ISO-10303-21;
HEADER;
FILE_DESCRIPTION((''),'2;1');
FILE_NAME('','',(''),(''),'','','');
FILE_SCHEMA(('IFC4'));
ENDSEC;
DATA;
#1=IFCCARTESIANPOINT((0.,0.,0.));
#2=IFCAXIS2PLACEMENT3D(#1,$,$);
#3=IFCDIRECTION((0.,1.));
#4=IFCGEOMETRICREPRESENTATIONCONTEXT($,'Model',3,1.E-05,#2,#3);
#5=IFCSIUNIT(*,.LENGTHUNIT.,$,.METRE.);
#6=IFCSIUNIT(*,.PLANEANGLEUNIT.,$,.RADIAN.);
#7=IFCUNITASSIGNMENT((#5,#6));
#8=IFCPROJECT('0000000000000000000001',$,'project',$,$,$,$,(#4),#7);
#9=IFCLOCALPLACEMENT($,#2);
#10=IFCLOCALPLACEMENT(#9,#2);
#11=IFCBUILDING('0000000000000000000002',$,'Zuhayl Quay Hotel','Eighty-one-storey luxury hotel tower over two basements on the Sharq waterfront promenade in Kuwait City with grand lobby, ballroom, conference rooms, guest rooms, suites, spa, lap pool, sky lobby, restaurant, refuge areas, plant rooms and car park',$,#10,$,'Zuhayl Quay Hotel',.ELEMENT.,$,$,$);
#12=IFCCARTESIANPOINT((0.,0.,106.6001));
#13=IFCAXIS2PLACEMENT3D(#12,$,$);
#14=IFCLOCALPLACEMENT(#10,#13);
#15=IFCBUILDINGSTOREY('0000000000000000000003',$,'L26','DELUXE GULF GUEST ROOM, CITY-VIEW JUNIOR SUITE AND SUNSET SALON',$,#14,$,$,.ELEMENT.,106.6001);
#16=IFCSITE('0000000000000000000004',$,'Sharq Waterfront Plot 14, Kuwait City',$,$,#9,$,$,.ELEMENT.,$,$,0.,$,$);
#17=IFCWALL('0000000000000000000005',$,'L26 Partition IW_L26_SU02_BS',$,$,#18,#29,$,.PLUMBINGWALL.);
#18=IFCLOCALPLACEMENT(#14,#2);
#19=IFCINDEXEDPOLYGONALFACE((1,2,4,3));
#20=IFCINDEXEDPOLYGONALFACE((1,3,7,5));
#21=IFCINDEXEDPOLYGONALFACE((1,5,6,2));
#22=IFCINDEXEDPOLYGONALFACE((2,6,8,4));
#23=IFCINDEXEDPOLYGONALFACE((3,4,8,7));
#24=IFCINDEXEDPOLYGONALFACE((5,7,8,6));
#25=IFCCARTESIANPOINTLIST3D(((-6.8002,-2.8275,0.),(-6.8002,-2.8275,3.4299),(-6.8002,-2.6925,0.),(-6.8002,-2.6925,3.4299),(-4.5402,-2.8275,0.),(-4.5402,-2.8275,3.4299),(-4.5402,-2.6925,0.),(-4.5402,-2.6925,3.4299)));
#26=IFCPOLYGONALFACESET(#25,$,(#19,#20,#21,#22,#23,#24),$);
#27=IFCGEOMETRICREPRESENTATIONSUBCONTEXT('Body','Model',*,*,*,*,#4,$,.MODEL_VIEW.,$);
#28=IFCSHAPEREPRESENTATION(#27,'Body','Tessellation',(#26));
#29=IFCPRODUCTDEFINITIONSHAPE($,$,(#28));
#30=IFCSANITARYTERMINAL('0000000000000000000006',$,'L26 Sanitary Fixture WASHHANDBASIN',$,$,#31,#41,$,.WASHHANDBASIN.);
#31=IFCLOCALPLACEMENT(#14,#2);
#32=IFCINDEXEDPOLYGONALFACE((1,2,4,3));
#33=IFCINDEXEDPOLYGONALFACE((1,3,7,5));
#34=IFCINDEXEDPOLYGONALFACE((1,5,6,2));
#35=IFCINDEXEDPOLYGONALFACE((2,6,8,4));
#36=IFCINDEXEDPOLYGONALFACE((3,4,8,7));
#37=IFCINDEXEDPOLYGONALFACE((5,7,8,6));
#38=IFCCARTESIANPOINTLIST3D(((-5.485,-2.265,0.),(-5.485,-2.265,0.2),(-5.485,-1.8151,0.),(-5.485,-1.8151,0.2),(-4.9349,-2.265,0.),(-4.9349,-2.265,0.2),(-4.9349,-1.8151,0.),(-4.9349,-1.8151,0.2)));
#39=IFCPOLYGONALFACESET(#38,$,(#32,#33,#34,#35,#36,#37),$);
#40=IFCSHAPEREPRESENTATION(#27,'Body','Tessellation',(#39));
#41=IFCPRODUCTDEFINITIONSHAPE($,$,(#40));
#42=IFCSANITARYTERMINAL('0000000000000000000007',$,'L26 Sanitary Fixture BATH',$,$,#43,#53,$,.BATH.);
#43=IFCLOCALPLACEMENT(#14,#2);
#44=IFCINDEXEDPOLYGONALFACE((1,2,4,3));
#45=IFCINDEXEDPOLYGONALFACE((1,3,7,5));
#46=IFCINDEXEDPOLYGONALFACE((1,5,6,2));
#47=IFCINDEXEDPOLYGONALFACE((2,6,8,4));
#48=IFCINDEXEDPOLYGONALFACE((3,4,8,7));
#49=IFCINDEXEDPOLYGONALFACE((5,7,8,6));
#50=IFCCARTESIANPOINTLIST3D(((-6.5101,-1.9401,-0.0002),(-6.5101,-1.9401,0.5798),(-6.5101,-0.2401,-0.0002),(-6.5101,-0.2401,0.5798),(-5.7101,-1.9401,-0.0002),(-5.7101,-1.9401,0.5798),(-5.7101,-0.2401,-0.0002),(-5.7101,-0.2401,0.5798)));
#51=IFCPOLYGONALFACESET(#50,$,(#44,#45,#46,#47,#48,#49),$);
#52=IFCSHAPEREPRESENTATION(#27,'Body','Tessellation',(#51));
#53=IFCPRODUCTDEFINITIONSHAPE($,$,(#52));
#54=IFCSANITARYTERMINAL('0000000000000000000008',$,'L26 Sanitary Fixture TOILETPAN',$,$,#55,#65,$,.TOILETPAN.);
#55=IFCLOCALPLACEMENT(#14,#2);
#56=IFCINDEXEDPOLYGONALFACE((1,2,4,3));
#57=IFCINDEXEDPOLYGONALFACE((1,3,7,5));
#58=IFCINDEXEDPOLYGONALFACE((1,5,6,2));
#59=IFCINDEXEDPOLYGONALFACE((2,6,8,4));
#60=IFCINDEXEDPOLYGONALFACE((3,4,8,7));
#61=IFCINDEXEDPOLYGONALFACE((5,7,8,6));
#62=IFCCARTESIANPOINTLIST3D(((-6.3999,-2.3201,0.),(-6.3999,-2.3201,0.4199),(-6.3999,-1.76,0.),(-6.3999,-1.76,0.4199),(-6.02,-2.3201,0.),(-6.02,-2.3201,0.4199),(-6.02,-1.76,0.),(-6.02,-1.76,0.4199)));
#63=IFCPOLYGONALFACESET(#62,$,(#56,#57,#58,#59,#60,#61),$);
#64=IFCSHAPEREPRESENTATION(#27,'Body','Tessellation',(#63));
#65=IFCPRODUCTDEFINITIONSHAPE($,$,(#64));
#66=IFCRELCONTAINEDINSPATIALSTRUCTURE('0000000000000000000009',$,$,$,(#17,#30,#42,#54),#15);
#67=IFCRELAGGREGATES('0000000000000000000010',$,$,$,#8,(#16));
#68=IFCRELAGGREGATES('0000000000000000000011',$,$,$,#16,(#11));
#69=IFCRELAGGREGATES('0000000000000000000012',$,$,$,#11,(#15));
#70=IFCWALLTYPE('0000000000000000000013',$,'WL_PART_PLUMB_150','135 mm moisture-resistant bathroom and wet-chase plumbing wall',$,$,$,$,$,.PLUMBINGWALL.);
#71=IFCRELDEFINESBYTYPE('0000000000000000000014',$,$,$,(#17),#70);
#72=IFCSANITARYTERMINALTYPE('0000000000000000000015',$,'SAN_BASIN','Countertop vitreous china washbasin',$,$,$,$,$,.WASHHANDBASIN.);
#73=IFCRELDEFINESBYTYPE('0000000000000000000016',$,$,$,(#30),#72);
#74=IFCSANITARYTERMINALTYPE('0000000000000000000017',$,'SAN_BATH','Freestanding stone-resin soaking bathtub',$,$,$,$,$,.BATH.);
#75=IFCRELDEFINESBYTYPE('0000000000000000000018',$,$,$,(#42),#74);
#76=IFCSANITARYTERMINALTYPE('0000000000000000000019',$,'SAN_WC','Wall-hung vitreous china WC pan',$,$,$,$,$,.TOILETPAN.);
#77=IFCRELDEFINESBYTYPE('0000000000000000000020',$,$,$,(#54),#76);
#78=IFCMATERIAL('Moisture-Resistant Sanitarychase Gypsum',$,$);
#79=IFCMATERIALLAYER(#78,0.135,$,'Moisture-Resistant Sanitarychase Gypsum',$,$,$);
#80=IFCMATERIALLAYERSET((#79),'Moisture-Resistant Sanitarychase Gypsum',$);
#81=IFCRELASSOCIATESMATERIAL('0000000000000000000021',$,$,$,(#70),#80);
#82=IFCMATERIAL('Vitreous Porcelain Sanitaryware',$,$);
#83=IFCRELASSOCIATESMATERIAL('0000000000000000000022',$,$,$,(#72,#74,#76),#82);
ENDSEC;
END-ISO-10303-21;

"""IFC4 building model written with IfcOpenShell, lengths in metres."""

from ifc_helpers import new_model, si_unit, direction, frame, frame_2d, origin, origin_2d, place, context, subcontext, project, spatial, rectangle, extrude, material, layer, layer_set, type_object, element, save


model = new_model("IFC4")

# Units and contexts
model_context = context("Model", 3, precision=1e-05, world=origin(), true_north=direction((0.0, 1.0)))
body_context = subcontext(model_context, "Body", "Model", "MODEL_VIEW")
ifc_project = project(units=[si_unit("LENGTHUNIT", "METRE"), si_unit("PLANEANGLEUNIT", "RADIAN")], contexts=[model_context])

# Site, building, storey
site_placement = place(None, origin())
site = spatial("IfcSite", under=ifc_project, at=site_placement, Name="Sharq Waterfront Plot 14, Kuwait City", CompositionType="ELEMENT", RefElevation=0.0)
building_placement = place(site_placement, origin())
building = spatial("IfcBuilding", under=site, at=building_placement, Name="Zuhayl Quay Hotel", Description="Eighty-one-storey luxury hotel tower over two basements on the Sharq waterfront promenade in Kuwait City with grand lobby, ballroom, conference rooms, guest rooms, suites, spa, lap pool, sky lobby, restaurant, refuge areas, plant rooms and car park", LongName="Zuhayl Quay Hotel", CompositionType="ELEMENT")
storey_placement = place(building_placement, frame((0.0, 0.0, 106.6001)))
storey = spatial("IfcBuildingStorey", under=building, at=storey_placement, Name="L26", Description="DELUXE GULF GUEST ROOM, CITY-VIEW JUNIOR SUITE AND SUNSET SALON", CompositionType="ELEMENT", Elevation=106.6001)

# Shared definitions
ifc_material_1 = material(Name="Moisture-Resistant Sanitarychase Gypsum")
ifc_layer_1 = layer(ifc_material_1, 0.135, Name="Moisture-Resistant Sanitarychase Gypsum")
ifc_layer_set_1 = layer_set([ifc_layer_1], Name="Moisture-Resistant Sanitarychase Gypsum")
wall_type_1 = type_object("IfcWallType", Name="WL_PART_PLUMB_150", Description="135 mm moisture-resistant bathroom and wet-chase plumbing wall", PredefinedType="PLUMBINGWALL", material=ifc_layer_set_1)

# Wall
wall_1_placement = place(storey_placement, frame((-6.8, -2.76, 0.0), z_axis=(0.0, 0.0, 1.0), x_axis=(1.0, 0.0, 0.0)))
element("IfcWall", 1, at=wall_1_placement, inside=storey, type_object=wall_type_1, Name="L26 Partition IW_L26_SU02_BS", PredefinedType="PLUMBINGWALL", context=body_context, shape_type="SweptSolid", body=[
    extrude(rectangle(XDim=2.26, YDim=0.135, at=frame_2d((1.1299, 0.0))), origin(), (0.0, 0.0, 1.0), 3.4299),
])

# Sanitary terminals
ifc_material_2 = material(Name="Vitreous Porcelain Sanitaryware")
sanitary_terminal_type_1 = type_object("IfcSanitaryTerminalType", Name="SAN_BASIN", Description="Countertop vitreous china washbasin", PredefinedType="WASHHANDBASIN", material=ifc_material_2)
sanitary_terminal_1_placement = place(storey_placement, frame((-5.21, -2.04, 0.0), z_axis=(0.0, 0.0, 1.0), x_axis=(1.0, 0.0, 0.0)))
element("IfcSanitaryTerminal", 2, at=sanitary_terminal_1_placement, inside=storey, type_object=sanitary_terminal_type_1, Name="L26 Sanitary Fixture WASHHANDBASIN", PredefinedType="WASHHANDBASIN", context=body_context, shape_type="SweptSolid", body=[
    extrude(rectangle(XDim=0.55, YDim=0.45, at=origin_2d()), origin(), (0.0, 0.0, 1.0), 0.2),
])
sanitary_terminal_type_2 = type_object("IfcSanitaryTerminalType", Name="SAN_BATH", Description="Freestanding stone-resin soaking bathtub", PredefinedType="BATH", material=ifc_material_2)
sanitary_terminal_2_placement = place(storey_placement, frame((-6.1101, -1.0901, -0.0002), z_axis=(0.0, 0.0, 1.0), x_axis=(1.0, 0.0, 0.0)))
element("IfcSanitaryTerminal", 3, at=sanitary_terminal_2_placement, inside=storey, type_object=sanitary_terminal_type_2, Name="L26 Sanitary Fixture BATH", PredefinedType="BATH", context=body_context, shape_type="SweptSolid", body=[
    extrude(rectangle(XDim=0.8, YDim=1.7, at=origin_2d()), origin(), (0.0, 0.0, 1.0), 0.5801),
])
sanitary_terminal_type_3 = type_object("IfcSanitaryTerminalType", Name="SAN_WC", Description="Wall-hung vitreous china WC pan", PredefinedType="TOILETPAN", material=ifc_material_2)
sanitary_terminal_3_placement = place(storey_placement, frame((-6.21, -2.04, 0.0), z_axis=(0.0, 0.0, 1.0), x_axis=(1.0, 0.0, 0.0)))
element("IfcSanitaryTerminal", 4, at=sanitary_terminal_3_placement, inside=storey, type_object=sanitary_terminal_type_3, Name="L26 Sanitary Fixture TOILETPAN", PredefinedType="TOILETPAN", context=body_context, shape_type="SweptSolid", body=[
    extrude(rectangle(XDim=0.3799, YDim=0.5601, at=origin_2d()), origin(), (0.0, 0.0, 1.0), 0.4199),
])

save(model, "model.ifc")
